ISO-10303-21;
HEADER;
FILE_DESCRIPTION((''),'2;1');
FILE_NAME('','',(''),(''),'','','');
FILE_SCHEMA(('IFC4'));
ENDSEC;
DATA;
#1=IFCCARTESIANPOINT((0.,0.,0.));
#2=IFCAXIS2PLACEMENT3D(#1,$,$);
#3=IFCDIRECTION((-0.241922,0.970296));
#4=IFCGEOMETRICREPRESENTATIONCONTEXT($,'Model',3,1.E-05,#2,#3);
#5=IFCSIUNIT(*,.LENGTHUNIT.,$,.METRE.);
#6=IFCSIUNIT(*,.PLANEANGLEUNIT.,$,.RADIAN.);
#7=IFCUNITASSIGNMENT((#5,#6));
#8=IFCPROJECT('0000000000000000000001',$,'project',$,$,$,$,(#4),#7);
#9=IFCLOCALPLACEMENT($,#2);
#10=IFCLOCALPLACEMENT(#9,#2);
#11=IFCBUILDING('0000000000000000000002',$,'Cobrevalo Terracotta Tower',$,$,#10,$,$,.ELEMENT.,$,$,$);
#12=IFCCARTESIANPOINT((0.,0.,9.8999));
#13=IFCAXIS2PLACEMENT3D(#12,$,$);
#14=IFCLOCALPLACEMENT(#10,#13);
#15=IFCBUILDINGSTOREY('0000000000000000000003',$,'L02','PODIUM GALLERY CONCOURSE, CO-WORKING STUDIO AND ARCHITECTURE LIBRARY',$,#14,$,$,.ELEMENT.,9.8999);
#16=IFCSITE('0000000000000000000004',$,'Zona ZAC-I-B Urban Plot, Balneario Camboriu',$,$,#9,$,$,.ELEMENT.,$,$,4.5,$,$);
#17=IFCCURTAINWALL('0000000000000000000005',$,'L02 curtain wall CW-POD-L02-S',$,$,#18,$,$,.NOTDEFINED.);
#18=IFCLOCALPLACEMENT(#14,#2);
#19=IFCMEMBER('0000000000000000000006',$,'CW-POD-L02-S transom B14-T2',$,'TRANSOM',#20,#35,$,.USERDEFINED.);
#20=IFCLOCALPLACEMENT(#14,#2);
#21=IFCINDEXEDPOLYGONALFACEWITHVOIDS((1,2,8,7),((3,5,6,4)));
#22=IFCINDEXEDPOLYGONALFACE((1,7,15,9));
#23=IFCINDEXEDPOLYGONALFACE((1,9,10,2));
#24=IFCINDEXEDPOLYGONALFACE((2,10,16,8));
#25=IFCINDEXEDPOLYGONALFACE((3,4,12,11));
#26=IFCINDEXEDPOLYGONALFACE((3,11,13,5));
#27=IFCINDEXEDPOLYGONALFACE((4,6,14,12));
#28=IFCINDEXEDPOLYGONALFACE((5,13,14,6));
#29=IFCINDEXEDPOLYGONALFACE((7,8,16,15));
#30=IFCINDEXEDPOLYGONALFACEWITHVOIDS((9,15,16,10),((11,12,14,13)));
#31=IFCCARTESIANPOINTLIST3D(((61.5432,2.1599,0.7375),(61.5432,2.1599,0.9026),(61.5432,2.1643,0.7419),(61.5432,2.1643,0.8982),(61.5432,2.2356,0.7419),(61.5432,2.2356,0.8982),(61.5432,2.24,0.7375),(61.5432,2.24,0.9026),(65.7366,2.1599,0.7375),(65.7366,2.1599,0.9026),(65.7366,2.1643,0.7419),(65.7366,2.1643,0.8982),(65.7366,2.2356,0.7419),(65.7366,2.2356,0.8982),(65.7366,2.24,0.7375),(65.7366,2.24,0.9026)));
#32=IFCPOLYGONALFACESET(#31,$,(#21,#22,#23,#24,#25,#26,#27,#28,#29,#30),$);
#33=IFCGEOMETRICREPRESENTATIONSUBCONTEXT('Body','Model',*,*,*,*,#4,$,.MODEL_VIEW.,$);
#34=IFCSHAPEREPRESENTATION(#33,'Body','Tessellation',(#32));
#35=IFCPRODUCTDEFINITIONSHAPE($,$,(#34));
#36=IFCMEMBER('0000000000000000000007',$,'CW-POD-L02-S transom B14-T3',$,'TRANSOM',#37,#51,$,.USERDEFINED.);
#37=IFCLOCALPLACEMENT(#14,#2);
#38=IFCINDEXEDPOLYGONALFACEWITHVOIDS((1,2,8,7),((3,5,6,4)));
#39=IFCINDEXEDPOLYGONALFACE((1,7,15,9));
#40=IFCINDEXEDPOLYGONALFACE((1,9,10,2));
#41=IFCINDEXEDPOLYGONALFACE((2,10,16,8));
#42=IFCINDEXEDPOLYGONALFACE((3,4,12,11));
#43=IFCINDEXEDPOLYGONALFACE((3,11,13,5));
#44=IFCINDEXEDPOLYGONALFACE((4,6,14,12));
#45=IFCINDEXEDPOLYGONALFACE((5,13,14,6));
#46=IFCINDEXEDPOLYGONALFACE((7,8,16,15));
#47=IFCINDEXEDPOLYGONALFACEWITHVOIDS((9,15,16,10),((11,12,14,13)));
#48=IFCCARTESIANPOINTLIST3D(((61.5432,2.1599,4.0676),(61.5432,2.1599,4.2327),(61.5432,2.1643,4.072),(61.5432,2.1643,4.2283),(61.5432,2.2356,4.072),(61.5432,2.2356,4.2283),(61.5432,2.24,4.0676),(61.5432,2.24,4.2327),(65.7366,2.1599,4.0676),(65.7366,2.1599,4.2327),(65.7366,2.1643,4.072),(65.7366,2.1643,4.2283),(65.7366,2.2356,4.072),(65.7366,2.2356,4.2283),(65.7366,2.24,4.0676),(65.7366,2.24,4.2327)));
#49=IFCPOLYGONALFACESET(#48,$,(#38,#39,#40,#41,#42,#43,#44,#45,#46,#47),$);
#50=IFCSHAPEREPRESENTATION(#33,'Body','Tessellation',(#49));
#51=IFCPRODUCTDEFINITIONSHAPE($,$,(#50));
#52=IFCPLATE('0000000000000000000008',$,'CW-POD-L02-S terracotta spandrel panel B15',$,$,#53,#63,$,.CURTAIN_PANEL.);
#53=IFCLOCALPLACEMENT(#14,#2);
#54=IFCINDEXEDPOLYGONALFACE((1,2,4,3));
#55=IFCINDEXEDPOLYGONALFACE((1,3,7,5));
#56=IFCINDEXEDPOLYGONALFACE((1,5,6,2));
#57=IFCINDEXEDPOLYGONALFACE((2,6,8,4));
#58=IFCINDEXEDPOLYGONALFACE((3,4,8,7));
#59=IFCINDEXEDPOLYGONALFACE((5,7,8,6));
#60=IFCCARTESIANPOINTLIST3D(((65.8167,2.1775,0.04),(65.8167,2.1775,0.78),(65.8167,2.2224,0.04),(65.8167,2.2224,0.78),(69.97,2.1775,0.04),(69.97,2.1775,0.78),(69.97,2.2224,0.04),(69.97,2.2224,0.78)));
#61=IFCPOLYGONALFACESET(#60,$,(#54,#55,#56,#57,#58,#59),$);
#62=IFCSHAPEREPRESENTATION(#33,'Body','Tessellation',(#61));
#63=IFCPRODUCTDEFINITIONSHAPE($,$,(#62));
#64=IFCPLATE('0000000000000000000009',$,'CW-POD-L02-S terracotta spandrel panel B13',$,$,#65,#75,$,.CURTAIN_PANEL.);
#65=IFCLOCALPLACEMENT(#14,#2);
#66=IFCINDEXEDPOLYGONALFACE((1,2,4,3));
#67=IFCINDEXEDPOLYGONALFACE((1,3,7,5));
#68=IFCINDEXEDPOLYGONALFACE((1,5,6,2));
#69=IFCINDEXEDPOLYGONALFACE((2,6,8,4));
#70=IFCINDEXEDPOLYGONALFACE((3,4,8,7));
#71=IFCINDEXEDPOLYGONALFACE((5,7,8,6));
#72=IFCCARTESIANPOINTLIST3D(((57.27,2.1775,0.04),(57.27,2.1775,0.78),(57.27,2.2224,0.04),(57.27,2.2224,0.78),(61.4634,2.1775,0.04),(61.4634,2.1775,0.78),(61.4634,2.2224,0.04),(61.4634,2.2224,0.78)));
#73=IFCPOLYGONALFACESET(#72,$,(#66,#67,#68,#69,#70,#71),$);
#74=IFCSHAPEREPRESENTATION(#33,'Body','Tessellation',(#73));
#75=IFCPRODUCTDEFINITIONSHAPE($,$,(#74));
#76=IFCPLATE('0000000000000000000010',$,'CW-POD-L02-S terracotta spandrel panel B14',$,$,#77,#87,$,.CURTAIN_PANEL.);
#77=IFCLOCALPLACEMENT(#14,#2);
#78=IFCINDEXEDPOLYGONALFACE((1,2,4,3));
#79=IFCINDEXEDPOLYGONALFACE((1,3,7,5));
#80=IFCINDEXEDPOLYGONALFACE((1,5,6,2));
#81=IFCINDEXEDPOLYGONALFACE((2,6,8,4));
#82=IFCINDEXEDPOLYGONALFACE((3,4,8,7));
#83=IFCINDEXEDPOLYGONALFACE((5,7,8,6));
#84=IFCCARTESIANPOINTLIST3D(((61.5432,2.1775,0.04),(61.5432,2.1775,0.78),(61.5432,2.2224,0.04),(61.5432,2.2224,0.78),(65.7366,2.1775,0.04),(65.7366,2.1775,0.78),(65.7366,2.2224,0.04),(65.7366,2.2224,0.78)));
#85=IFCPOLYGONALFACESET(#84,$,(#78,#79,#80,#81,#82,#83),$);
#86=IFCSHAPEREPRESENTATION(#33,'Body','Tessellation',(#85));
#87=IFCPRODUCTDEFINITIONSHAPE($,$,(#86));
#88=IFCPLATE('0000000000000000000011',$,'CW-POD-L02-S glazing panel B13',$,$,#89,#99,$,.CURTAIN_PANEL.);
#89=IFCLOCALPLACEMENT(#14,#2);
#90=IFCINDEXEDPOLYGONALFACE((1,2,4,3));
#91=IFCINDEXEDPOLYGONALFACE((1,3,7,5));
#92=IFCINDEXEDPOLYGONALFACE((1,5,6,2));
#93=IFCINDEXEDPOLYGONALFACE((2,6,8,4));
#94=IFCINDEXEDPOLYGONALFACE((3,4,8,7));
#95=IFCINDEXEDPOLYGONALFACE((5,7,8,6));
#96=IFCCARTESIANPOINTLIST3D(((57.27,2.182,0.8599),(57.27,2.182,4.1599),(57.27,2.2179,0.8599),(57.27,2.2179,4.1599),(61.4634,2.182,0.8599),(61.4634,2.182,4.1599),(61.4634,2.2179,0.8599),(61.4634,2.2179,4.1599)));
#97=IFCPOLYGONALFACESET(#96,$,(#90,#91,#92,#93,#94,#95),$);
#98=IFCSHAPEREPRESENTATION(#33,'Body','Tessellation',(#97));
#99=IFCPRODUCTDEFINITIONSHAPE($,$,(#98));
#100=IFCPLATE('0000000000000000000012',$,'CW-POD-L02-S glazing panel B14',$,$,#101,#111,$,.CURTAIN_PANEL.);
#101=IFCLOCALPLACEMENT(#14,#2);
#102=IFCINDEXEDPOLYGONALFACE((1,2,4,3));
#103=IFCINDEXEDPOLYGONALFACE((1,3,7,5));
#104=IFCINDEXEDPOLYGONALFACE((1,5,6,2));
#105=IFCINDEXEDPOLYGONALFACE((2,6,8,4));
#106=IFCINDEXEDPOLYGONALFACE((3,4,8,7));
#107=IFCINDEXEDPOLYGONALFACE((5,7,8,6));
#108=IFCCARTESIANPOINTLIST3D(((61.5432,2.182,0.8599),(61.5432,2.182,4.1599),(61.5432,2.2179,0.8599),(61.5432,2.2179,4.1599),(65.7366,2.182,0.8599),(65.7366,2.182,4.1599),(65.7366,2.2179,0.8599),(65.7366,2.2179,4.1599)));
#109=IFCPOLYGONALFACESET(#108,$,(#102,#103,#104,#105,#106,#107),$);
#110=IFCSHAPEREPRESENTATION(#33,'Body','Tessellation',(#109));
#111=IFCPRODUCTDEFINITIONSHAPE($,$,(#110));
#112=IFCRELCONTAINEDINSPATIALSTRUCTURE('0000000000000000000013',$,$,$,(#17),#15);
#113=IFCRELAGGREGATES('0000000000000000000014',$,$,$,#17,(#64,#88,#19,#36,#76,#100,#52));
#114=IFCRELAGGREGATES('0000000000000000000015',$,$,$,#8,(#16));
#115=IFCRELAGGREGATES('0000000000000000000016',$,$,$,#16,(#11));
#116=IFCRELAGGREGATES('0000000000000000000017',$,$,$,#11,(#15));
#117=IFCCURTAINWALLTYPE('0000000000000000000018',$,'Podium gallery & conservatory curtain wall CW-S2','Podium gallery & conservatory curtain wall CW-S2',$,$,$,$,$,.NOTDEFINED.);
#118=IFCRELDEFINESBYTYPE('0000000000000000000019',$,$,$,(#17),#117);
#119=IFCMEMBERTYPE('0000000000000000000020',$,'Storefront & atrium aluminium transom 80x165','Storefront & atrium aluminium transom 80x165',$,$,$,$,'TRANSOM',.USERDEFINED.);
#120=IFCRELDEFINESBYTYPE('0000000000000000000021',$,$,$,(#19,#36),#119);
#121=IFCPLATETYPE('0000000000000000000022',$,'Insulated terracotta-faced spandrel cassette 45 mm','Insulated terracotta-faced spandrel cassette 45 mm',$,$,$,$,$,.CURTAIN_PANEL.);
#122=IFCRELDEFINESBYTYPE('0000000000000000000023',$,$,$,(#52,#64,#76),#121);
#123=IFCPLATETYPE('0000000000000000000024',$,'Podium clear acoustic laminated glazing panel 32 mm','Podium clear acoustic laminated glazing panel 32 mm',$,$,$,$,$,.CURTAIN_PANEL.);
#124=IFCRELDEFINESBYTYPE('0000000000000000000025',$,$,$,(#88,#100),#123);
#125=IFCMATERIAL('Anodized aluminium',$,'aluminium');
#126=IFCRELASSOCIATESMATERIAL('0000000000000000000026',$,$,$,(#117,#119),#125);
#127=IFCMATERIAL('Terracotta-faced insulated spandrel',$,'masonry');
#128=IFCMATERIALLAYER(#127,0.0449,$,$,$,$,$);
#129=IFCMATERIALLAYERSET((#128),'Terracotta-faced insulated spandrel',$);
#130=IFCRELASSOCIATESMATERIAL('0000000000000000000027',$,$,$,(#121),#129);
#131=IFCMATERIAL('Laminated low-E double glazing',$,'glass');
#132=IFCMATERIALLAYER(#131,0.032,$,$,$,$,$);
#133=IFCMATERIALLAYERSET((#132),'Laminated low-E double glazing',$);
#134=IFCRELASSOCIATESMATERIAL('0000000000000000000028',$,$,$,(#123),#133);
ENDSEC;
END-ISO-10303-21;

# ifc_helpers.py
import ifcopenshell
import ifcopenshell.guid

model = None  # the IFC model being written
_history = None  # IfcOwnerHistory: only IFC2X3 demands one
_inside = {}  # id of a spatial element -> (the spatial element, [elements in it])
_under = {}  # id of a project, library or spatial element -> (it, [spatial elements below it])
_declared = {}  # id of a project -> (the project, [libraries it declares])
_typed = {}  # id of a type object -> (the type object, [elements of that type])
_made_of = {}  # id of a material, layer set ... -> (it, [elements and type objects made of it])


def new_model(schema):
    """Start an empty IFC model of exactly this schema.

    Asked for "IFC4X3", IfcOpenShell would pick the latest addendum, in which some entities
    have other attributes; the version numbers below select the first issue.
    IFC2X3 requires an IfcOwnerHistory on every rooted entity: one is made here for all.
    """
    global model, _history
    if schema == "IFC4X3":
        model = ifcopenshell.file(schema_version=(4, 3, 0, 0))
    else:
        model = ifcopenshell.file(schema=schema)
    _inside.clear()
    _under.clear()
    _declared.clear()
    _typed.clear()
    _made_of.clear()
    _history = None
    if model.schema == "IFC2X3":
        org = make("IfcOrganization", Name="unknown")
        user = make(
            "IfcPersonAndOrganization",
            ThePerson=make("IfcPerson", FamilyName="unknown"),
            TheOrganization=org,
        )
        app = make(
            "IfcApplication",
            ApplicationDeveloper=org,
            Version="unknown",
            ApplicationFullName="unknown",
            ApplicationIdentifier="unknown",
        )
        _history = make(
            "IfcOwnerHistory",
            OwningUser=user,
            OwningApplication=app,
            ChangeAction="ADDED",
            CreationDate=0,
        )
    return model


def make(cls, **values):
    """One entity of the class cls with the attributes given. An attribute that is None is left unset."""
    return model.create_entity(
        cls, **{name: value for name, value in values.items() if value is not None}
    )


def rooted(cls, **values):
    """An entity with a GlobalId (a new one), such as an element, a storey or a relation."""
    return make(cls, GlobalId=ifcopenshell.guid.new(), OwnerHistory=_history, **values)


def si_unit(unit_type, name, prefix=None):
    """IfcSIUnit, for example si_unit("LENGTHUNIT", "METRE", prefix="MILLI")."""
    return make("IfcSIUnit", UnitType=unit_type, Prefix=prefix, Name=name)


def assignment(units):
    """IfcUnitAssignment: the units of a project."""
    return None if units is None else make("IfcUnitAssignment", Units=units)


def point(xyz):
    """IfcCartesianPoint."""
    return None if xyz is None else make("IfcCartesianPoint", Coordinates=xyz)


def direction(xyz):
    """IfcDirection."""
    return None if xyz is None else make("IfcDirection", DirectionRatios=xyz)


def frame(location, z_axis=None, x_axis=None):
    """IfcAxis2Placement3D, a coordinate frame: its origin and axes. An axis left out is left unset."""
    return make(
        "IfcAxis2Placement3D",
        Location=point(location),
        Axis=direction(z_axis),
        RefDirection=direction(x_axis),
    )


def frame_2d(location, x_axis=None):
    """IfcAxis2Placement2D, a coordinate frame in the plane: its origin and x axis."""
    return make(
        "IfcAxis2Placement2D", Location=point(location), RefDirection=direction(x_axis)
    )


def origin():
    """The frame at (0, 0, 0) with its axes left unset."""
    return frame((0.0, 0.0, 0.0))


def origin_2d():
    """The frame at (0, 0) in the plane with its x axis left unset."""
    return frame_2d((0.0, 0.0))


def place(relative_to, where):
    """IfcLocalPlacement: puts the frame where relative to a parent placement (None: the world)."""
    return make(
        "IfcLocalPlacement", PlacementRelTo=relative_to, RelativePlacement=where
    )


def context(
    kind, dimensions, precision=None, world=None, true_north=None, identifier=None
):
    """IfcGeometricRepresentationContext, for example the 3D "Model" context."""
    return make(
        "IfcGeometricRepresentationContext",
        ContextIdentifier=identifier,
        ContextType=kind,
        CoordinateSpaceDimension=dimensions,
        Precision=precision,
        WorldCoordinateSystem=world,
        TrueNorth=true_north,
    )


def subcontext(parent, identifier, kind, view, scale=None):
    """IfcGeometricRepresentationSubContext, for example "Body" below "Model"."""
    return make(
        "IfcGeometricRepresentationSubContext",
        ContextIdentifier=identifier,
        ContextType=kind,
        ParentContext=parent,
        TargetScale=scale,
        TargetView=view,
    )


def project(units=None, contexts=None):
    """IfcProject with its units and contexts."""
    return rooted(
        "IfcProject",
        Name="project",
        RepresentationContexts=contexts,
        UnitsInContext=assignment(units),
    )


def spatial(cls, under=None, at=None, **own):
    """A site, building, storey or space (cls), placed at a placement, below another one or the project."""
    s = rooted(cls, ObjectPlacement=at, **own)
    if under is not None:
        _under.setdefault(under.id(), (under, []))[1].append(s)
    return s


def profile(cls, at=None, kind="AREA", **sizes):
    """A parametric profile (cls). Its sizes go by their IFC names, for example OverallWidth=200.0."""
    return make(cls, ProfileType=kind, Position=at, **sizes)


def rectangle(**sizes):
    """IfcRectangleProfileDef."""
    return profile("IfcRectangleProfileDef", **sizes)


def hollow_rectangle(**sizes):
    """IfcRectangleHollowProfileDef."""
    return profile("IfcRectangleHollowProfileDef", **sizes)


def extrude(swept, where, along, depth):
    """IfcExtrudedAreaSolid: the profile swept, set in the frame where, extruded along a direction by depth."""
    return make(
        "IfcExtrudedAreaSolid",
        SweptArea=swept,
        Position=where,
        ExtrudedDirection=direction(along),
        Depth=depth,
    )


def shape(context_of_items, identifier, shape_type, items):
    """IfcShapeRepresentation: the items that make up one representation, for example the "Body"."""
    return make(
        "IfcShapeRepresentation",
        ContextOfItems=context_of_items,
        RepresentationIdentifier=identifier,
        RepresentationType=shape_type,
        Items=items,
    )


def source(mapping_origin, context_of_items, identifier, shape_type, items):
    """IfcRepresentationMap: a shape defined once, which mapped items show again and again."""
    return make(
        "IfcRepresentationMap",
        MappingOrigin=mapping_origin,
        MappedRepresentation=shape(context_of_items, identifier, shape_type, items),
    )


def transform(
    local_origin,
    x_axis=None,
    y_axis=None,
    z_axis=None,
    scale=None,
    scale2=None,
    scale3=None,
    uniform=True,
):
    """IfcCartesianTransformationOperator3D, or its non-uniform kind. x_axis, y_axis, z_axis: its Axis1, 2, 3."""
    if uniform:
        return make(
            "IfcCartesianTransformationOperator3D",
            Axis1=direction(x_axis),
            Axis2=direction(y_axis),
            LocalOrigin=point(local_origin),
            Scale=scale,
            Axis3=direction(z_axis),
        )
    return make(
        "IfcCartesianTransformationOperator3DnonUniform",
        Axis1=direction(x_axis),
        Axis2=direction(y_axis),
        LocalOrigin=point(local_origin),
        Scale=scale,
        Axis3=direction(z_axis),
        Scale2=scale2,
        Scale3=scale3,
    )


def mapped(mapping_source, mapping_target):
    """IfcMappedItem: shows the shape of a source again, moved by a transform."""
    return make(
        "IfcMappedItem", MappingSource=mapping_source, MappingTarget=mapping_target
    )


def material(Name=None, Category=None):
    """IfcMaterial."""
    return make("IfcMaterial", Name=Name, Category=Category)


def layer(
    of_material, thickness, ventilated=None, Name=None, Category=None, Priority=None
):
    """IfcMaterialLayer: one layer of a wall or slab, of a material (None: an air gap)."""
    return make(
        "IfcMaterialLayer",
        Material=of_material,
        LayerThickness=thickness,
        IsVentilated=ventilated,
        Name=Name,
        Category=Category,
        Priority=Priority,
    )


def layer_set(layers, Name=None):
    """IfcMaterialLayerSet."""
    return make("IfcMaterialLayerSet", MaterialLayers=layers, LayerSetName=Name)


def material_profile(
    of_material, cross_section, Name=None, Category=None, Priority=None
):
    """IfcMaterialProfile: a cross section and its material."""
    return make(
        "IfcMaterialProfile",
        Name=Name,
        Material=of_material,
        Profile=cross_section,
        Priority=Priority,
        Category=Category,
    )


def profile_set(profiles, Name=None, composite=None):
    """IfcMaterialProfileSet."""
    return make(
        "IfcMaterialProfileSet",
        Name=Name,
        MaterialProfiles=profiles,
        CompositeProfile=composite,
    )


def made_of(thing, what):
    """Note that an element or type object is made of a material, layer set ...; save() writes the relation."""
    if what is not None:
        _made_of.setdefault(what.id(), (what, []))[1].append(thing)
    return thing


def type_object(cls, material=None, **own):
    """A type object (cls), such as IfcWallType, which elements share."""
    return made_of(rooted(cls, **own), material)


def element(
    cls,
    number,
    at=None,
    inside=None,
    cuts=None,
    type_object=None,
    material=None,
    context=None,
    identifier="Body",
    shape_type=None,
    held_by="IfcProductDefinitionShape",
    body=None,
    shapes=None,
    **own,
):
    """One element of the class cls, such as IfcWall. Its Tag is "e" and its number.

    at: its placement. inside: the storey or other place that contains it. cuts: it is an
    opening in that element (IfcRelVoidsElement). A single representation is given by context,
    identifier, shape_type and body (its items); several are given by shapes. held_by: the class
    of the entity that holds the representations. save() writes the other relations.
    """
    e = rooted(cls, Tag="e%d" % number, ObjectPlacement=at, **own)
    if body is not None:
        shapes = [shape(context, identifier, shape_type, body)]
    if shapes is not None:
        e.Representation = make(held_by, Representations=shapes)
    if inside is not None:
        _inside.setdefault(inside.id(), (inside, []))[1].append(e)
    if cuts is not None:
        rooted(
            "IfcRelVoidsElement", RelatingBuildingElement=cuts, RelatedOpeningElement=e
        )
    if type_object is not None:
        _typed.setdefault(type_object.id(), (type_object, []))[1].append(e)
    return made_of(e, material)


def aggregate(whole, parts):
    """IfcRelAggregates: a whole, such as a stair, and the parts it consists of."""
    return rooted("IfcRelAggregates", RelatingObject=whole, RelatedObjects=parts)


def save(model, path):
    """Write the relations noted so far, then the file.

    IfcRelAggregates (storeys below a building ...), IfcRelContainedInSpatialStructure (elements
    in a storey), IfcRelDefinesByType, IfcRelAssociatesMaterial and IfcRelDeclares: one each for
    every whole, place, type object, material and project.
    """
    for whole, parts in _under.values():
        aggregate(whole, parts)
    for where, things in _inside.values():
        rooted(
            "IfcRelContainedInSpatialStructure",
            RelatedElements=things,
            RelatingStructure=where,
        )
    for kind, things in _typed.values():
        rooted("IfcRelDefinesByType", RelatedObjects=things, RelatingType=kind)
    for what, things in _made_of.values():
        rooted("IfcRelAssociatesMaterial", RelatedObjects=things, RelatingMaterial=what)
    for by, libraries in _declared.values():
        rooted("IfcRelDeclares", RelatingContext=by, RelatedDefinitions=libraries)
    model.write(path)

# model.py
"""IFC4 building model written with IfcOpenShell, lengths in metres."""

from ifc_helpers import new_model, si_unit, direction, frame, origin, origin_2d, place, context, subcontext, project, spatial, rectangle, hollow_rectangle, extrude, source, transform, mapped, material, layer, layer_set, material_profile, profile_set, type_object, element, aggregate, save


model = new_model("IFC4")

# Units and contexts
model_context = context("Model", 3, precision=1e-05, world=origin(), true_north=direction((-0.241922, 0.970296)))
body_context = subcontext(model_context, "Body", "Model", "MODEL_VIEW")
ifc_project = project(units=[si_unit("LENGTHUNIT", "METRE"), si_unit("PLANEANGLEUNIT", "RADIAN")], contexts=[model_context])

# Site, building, storey
site_placement = place(None, origin())
site = spatial("IfcSite", under=ifc_project, at=site_placement, Name="Zona ZAC-I-B Urban Plot, Balneario Camboriu", CompositionType="ELEMENT", RefElevation=4.5)
building_placement = place(site_placement, origin())
building = spatial("IfcBuilding", under=site, at=building_placement, Name="Cobrevalo Terracotta Tower", CompositionType="ELEMENT")
storey_placement = place(building_placement, frame((0.0, 0.0, 9.8999)))
storey = spatial("IfcBuildingStorey", under=building, at=storey_placement, Name="L02", Description="PODIUM GALLERY CONCOURSE, CO-WORKING STUDIO AND ARCHITECTURE LIBRARY", CompositionType="ELEMENT", Elevation=9.8999)

# Curtain wall, members, plates
ifc_material_1 = material(Name="Anodized aluminium", Category="aluminium")
curtain_wall_type = type_object("IfcCurtainWallType", Name="Podium gallery & conservatory curtain wall CW-S2", Description="Podium gallery & conservatory curtain wall CW-S2", PredefinedType="NOTDEFINED", material=ifc_material_1)
curtain_wall_placement = place(storey_placement, origin())
curtain_wall = element("IfcCurtainWall", 1, at=curtain_wall_placement, inside=storey, type_object=curtain_wall_type, Name="L02 curtain wall CW-POD-L02-S", PredefinedType="NOTDEFINED")
ifc_material_profile_1 = material_profile(ifc_material_1, hollow_rectangle(XDim=0.0801, YDim=0.165, WallThickness=0.0044, at=origin_2d()), Name="CWT 80x165")
ifc_profile_set_1 = profile_set([ifc_material_profile_1], Name="Anodized aluminium")
member_type_1 = type_object("IfcMemberType", Name="Storefront & atrium aluminium transom 80x165", Description="Storefront & atrium aluminium transom 80x165", ElementType="TRANSOM", PredefinedType="USERDEFINED", material=ifc_profile_set_1)
shared_shape_1 = source(origin(), body_context, "Body", "SweptSolid", [
    extrude(hollow_rectangle(XDim=0.0801, YDim=0.165, WallThickness=0.0044, at=origin_2d()), origin(), (0.0, 0.0, 1.0), 4.1934),
])
member_1_placement = place(storey_placement, frame((61.5432, 2.2, 0.8201), z_axis=(1.0, 0.0, 0.0), x_axis=(0.0, 1.0, 0.0)))
member_1 = element("IfcMember", 2, at=member_1_placement, type_object=member_type_1, Name="CW-POD-L02-S transom B14-T2", ObjectType="TRANSOM", PredefinedType="USERDEFINED", context=body_context, shape_type="MappedRepresentation", body=[
    mapped(shared_shape_1, transform((0.0, 0.0, 0.0), scale=1.0)),
])
member_2_placement = place(storey_placement, frame((61.5432, 2.2, 4.1501), z_axis=(1.0, 0.0, 0.0), x_axis=(0.0, 1.0, 0.0)))
member_2 = element("IfcMember", 3, at=member_2_placement, type_object=member_type_1, Name="CW-POD-L02-S transom B14-T3", ObjectType="TRANSOM", PredefinedType="USERDEFINED", context=body_context, shape_type="MappedRepresentation", body=[
    mapped(shared_shape_1, transform((0.0, 0.0, 0.0), scale=1.0)),
])
ifc_material_2 = material(Name="Terracotta-faced insulated spandrel", Category="masonry")
ifc_layer_1 = layer(ifc_material_2, 0.0449)
ifc_layer_set_1 = layer_set([ifc_layer_1], Name="Terracotta-faced insulated spandrel")
plate_type_1 = type_object("IfcPlateType", Name="Insulated terracotta-faced spandrel cassette 45 mm", Description="Insulated terracotta-faced spandrel cassette 45 mm", PredefinedType="CURTAIN_PANEL", material=ifc_layer_set_1)
shared_shape_2 = source(origin(), body_context, "Body", "SweptSolid", [
    extrude(rectangle(XDim=4.1533, YDim=0.0449, at=origin_2d()), origin(), (0.0, 0.0, 1.0), 0.74),
])
plate_1_placement = place(storey_placement, frame((67.8933, 2.2, 0.04), z_axis=(0.0, 0.0, 1.0), x_axis=(1.0, 0.0, 0.0)))
plate_1 = element("IfcPlate", 4, at=plate_1_placement, type_object=plate_type_1, Name="CW-POD-L02-S terracotta spandrel panel B15", PredefinedType="CURTAIN_PANEL", context=body_context, shape_type="MappedRepresentation", body=[
    mapped(shared_shape_2, transform((0.0, 0.0, 0.0), scale=1.0)),
])
shared_shape_3 = source(origin(), body_context, "Body", "SweptSolid", [
    extrude(rectangle(XDim=4.1934, YDim=0.0449, at=origin_2d()), origin(), (0.0, 0.0, 1.0), 0.74),
])
plate_2_placement = place(storey_placement, frame((59.3667, 2.2, 0.04), z_axis=(0.0, 0.0, 1.0), x_axis=(1.0, 0.0, 0.0)))
plate_2 = element("IfcPlate", 5, at=plate_2_placement, type_object=plate_type_1, Name="CW-POD-L02-S terracotta spandrel panel B13", PredefinedType="CURTAIN_PANEL", context=body_context, shape_type="MappedRepresentation", body=[
    mapped(shared_shape_3, transform((0.0, 0.0, 0.0), scale=1.0)),
])
plate_3_placement = place(storey_placement, frame((63.6399, 2.2, 0.04), z_axis=(0.0, 0.0, 1.0), x_axis=(1.0, 0.0, 0.0)))
plate_3 = element("IfcPlate", 6, at=plate_3_placement, type_object=plate_type_1, Name="CW-POD-L02-S terracotta spandrel panel B14", PredefinedType="CURTAIN_PANEL", context=body_context, shape_type="MappedRepresentation", body=[
    mapped(shared_shape_3, transform((0.0, 0.0, 0.0), scale=1.0)),
])
ifc_material_3 = material(Name="Laminated low-E double glazing", Category="glass")
ifc_layer_2 = layer(ifc_material_3, 0.032)
ifc_layer_set_2 = layer_set([ifc_layer_2], Name="Laminated low-E double glazing")
plate_type_2 = type_object("IfcPlateType", Name="Podium clear acoustic laminated glazing panel 32 mm", Description="Podium clear acoustic laminated glazing panel 32 mm", PredefinedType="CURTAIN_PANEL", material=ifc_layer_set_2)
shared_shape_4 = source(origin(), body_context, "Body", "SweptSolid", [
    extrude(rectangle(XDim=4.1934, YDim=0.0359, at=origin_2d()), origin(), (0.0, 0.0, 1.0), 3.3),
])
plate_4_placement = place(storey_placement, frame((59.3667, 2.2, 0.8599), z_axis=(0.0, 0.0, 1.0), x_axis=(1.0, 0.0, 0.0)))
plate_4 = element("IfcPlate", 7, at=plate_4_placement, type_object=plate_type_2, Name="CW-POD-L02-S glazing panel B13", PredefinedType="CURTAIN_PANEL", context=body_context, shape_type="MappedRepresentation", body=[
    mapped(shared_shape_4, transform((0.0, 0.0, 0.0), scale=1.0)),
])
plate_5_placement = place(storey_placement, frame((63.6399, 2.2, 0.8599), z_axis=(0.0, 0.0, 1.0), x_axis=(1.0, 0.0, 0.0)))
plate_5 = element("IfcPlate", 8, at=plate_5_placement, type_object=plate_type_2, Name="CW-POD-L02-S glazing panel B14", PredefinedType="CURTAIN_PANEL", context=body_context, shape_type="MappedRepresentation", body=[
    mapped(shared_shape_4, transform((0.0, 0.0, 0.0), scale=1.0)),
])
aggregate(curtain_wall, [plate_2, plate_4, member_1, member_2, plate_3, plate_5, plate_1])

save(model, "model.ifc")
